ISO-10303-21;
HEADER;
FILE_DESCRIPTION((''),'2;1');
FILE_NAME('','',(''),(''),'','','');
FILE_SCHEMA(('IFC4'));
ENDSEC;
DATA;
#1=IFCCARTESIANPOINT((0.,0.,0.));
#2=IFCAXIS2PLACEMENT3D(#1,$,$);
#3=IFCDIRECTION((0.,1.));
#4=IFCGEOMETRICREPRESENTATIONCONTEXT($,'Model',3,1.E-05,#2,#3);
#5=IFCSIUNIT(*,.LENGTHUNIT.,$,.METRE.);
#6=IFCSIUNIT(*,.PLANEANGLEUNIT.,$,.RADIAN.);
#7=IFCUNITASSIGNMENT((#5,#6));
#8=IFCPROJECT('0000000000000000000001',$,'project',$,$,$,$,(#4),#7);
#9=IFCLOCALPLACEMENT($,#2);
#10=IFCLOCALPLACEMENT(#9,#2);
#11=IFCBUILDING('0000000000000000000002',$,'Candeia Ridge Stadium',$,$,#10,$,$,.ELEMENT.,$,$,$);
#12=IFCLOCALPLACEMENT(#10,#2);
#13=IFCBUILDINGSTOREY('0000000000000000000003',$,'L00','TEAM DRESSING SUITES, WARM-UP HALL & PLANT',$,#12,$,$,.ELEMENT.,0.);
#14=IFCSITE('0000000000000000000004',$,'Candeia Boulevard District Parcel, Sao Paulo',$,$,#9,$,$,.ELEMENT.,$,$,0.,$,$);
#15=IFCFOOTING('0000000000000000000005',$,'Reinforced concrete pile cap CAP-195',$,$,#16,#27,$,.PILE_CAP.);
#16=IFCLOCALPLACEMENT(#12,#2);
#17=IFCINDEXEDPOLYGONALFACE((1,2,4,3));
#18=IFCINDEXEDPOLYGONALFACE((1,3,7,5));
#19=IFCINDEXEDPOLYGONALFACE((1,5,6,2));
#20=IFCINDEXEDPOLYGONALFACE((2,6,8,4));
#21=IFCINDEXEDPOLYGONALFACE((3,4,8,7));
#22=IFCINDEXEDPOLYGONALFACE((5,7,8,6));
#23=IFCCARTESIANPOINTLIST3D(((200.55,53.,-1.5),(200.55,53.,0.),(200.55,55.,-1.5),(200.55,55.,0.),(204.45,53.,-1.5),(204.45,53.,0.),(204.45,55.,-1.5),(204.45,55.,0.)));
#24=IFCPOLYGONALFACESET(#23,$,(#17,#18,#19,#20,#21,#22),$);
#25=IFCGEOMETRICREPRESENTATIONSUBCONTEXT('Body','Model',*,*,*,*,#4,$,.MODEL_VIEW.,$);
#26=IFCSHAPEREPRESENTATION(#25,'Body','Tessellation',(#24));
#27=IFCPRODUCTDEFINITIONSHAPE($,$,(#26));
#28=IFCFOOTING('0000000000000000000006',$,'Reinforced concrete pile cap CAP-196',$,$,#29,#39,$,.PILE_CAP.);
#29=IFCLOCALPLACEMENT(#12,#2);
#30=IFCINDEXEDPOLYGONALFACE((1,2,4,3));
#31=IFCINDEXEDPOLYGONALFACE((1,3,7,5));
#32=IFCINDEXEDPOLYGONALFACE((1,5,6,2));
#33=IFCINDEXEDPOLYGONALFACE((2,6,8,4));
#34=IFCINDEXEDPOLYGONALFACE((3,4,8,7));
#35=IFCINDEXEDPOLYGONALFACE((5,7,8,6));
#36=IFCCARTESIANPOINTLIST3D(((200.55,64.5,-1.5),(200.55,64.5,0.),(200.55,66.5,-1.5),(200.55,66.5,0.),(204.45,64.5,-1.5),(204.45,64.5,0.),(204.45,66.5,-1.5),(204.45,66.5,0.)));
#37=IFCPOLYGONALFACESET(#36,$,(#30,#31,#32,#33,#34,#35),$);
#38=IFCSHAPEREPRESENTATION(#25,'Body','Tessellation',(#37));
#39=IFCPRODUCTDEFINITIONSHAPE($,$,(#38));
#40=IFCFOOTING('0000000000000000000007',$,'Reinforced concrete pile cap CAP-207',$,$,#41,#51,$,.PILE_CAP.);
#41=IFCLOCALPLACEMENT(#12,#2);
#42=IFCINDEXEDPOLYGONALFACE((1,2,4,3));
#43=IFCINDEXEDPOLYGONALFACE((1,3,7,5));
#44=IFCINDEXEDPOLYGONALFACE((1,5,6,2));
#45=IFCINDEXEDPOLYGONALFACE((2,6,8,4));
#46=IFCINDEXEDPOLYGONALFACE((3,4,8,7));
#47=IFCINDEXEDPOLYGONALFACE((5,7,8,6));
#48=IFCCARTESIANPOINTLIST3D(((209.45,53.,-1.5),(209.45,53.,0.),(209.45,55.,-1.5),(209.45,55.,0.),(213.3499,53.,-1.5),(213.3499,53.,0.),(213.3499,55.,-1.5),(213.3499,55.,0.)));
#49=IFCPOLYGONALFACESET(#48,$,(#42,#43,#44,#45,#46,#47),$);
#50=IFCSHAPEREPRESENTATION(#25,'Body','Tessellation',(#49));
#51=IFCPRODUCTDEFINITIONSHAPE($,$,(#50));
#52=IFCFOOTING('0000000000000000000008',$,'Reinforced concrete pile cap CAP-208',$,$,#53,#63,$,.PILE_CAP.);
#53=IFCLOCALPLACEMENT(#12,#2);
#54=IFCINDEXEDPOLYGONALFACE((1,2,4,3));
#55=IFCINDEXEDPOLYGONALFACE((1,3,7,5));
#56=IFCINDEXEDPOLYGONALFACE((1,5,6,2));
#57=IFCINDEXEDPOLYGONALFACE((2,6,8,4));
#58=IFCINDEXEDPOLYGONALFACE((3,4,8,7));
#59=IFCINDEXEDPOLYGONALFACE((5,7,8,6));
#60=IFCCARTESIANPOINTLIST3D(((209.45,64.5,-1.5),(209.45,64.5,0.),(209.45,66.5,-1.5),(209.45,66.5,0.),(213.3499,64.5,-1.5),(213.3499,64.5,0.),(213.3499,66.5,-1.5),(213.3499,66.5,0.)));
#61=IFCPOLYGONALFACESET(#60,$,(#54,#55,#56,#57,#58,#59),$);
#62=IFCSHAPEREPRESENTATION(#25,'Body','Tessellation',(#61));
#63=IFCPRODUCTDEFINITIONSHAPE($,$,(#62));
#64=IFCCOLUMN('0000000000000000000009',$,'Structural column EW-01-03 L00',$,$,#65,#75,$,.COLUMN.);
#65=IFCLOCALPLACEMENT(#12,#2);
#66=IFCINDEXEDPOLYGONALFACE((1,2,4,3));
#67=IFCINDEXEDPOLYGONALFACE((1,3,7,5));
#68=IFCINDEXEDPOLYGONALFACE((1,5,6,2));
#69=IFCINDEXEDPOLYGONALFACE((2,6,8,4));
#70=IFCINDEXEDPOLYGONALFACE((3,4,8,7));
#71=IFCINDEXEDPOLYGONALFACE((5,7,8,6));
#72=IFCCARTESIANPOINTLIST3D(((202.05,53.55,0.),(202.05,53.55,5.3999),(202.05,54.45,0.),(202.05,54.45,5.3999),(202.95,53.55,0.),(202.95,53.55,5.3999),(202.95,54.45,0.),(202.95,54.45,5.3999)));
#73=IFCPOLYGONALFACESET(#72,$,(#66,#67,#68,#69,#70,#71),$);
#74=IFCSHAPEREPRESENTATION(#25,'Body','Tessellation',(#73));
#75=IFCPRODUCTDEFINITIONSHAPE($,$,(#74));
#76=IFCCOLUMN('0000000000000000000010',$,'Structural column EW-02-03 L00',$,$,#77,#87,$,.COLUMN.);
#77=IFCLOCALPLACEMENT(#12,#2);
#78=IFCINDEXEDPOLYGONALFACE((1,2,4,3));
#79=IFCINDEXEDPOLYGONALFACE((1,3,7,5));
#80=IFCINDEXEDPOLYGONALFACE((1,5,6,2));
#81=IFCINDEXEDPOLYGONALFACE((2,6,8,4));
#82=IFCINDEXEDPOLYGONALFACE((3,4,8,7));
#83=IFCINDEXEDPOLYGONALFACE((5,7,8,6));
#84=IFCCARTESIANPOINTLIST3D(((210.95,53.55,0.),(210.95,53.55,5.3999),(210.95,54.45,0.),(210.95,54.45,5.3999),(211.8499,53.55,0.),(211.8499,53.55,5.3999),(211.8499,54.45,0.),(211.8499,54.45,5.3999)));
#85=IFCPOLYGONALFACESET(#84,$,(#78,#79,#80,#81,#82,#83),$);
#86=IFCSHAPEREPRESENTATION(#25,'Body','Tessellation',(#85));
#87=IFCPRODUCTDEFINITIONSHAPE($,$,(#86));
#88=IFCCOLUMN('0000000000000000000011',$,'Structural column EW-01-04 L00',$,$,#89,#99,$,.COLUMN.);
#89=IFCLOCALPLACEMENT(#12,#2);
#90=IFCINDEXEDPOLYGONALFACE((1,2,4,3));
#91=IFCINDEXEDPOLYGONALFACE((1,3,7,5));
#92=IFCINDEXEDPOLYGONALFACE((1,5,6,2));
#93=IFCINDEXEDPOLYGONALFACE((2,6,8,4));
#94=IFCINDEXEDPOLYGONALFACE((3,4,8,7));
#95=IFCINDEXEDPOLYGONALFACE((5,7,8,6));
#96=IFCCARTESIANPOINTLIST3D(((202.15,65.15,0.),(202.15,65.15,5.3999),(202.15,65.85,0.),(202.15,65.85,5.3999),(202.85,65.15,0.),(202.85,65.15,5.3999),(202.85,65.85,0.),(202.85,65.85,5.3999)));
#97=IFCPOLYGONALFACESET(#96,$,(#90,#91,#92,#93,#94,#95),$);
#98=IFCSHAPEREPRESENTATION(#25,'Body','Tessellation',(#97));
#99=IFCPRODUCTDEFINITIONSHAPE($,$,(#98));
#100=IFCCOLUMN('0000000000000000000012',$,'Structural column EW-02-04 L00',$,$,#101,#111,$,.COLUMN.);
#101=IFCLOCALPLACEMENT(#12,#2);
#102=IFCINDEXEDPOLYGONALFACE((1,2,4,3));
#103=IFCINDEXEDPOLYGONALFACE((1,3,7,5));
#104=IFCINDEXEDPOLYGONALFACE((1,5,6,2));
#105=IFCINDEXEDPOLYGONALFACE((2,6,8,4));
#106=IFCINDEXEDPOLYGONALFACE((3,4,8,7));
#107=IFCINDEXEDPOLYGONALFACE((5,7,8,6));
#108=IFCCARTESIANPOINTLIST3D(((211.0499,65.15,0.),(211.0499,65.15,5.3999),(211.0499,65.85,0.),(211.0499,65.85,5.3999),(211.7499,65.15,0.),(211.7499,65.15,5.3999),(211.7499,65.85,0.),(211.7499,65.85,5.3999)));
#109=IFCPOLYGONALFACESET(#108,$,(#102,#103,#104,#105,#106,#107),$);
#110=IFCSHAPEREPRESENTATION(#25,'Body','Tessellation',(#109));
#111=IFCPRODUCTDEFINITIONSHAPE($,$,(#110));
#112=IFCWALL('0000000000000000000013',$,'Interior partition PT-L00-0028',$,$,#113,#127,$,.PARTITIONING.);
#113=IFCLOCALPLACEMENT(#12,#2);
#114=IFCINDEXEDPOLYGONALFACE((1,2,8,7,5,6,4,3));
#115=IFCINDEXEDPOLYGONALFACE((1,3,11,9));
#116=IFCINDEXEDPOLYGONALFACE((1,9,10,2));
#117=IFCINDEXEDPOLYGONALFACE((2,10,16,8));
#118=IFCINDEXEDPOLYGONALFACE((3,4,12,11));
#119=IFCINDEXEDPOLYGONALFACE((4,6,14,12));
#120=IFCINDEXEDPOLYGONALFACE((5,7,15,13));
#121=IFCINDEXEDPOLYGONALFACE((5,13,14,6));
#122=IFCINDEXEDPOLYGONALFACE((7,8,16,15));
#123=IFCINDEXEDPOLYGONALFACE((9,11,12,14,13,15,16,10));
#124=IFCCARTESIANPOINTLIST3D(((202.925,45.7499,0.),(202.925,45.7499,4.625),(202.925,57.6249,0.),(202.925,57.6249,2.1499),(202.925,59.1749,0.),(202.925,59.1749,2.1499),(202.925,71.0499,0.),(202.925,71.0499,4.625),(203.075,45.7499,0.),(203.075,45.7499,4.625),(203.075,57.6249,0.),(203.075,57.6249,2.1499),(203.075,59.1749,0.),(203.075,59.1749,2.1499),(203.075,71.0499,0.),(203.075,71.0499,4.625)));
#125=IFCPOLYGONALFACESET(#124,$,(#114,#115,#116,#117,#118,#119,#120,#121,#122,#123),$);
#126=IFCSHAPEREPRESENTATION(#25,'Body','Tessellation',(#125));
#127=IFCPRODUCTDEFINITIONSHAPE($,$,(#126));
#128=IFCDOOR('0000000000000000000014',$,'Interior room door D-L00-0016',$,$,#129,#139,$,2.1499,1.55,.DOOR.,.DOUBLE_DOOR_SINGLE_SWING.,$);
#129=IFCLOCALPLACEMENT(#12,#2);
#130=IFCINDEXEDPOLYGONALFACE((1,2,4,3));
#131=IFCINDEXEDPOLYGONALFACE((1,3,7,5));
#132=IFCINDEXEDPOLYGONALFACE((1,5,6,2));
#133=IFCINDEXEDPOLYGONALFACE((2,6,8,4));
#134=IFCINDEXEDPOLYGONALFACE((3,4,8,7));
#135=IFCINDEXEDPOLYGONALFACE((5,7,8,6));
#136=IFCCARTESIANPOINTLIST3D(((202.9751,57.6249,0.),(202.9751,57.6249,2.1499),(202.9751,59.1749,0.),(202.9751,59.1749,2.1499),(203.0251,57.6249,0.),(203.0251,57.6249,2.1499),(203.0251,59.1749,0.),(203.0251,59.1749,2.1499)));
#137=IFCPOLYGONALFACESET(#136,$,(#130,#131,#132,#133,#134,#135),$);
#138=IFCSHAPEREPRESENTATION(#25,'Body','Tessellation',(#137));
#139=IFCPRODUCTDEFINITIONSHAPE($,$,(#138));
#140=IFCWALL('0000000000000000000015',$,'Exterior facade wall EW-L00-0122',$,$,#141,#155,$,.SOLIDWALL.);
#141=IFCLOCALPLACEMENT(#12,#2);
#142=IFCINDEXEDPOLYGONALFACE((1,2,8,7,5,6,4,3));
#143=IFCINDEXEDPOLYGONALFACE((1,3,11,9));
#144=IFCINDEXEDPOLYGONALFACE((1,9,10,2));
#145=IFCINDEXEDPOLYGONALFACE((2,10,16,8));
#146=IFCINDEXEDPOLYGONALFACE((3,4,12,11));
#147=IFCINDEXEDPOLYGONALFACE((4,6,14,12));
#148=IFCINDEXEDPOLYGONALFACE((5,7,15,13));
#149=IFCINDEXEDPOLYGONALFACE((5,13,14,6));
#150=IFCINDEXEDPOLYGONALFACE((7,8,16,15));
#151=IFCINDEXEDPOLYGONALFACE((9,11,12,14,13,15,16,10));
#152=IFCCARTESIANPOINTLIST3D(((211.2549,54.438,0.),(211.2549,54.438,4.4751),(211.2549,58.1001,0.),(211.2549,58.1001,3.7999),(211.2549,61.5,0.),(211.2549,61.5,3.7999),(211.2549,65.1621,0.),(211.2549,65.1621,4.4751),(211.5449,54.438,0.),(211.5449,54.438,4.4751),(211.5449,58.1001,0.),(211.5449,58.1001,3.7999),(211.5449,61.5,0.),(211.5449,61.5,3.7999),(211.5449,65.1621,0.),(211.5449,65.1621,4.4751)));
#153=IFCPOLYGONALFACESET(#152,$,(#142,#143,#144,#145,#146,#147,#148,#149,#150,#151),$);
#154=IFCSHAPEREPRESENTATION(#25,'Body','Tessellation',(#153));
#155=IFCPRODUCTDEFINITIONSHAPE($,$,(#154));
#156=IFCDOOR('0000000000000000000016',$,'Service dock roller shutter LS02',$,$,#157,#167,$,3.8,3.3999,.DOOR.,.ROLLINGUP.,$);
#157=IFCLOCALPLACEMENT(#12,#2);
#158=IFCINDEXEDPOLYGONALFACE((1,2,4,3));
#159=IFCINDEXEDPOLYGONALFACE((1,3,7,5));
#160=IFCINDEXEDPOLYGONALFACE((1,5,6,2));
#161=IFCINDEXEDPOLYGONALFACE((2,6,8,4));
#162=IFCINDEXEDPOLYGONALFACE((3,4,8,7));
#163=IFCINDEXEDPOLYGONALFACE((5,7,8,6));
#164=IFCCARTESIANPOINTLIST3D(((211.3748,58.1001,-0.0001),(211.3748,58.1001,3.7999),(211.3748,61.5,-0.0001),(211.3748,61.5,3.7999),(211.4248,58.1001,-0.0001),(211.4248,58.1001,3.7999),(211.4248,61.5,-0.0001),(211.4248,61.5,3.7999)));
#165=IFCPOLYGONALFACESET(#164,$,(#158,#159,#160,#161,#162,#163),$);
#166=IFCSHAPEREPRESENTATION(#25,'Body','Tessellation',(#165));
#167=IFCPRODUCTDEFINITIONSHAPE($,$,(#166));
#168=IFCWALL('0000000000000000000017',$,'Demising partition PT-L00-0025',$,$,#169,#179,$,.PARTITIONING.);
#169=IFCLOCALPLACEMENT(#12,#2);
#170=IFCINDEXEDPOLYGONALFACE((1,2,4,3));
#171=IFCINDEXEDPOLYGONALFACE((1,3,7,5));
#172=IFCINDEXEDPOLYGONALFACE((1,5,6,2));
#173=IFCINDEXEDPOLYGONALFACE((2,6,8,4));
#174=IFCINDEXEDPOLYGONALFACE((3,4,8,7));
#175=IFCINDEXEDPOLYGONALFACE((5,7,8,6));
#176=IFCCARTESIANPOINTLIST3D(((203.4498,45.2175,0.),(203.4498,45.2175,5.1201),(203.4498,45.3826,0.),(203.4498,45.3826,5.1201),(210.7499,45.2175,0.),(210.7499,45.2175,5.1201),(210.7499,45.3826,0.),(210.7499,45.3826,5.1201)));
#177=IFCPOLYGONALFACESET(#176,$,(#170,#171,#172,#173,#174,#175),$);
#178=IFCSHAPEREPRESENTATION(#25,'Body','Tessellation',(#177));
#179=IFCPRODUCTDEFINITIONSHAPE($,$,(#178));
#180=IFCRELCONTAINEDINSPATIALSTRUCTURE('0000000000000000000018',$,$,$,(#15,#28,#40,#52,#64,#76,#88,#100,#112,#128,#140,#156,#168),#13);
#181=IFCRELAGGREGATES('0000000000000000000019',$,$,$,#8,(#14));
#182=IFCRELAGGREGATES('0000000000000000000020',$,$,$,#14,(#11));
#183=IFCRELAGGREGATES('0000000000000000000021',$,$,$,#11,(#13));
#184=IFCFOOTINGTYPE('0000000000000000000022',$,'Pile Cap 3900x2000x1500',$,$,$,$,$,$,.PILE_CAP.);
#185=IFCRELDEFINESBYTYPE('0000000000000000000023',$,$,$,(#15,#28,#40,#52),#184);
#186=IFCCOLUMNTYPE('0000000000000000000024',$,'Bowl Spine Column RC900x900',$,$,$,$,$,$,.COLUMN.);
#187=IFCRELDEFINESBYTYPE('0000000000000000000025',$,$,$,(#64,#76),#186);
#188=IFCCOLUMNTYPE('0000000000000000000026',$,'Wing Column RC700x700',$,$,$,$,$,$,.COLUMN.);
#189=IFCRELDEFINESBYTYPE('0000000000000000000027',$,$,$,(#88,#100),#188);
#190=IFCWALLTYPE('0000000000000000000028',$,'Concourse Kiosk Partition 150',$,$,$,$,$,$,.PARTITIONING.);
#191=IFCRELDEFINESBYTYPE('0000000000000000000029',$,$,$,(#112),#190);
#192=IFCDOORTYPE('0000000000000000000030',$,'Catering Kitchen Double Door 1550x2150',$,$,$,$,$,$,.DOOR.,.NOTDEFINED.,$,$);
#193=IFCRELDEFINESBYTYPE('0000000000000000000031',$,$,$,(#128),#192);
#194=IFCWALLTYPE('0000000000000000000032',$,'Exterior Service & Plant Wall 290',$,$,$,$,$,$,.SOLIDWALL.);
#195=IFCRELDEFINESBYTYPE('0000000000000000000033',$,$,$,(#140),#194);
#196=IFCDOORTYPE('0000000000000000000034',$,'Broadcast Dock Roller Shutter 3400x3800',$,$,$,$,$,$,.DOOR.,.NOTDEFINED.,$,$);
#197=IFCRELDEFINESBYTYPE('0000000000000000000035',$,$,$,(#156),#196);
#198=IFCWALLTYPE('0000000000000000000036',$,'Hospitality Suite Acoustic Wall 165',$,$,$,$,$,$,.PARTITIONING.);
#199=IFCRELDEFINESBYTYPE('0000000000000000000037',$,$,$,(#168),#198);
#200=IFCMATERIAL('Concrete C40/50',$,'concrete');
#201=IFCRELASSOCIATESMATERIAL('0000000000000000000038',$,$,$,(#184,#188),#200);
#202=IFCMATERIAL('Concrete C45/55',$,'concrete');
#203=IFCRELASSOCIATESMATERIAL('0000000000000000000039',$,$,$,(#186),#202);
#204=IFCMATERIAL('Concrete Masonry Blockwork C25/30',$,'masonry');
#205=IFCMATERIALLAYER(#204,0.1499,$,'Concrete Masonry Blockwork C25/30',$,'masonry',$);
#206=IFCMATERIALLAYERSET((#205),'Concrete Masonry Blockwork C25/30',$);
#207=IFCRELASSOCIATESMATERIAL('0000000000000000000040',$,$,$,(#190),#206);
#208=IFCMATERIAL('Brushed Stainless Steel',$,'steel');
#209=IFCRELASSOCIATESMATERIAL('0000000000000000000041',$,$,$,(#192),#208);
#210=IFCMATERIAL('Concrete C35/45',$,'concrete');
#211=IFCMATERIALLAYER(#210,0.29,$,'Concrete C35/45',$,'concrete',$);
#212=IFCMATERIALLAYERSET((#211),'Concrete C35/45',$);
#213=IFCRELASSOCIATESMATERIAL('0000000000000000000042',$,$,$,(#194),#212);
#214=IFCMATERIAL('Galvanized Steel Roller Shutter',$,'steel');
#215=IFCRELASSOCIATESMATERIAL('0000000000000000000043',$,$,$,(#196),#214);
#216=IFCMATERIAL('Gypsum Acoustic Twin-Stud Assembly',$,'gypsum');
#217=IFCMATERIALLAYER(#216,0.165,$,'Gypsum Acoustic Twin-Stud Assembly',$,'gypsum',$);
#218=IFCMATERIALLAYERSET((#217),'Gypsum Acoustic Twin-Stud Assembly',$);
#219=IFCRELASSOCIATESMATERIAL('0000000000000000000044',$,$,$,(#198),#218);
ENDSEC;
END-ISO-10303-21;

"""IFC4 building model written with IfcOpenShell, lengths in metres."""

from ifc_helpers import new_model, si_unit, direction, frame, frame_2d, origin, origin_2d, place, context, subcontext, project, spatial, rectangle, extrude, material, layer, layer_set, material_profile, profile_set, type_object, element, fill, save


model = new_model("IFC4")

# Units and contexts
model_context = context("Model", 3, precision=1e-05, world=origin(), true_north=direction((0.0, 1.0)))
body_context = subcontext(model_context, "Body", "Model", "MODEL_VIEW")
ifc_project = project(units=[si_unit("LENGTHUNIT", "METRE"), si_unit("PLANEANGLEUNIT", "RADIAN")], contexts=[model_context])

# Site, building, storey
site_placement = place(None, origin())
site = spatial("IfcSite", under=ifc_project, at=site_placement, Name="Candeia Boulevard District Parcel, Sao Paulo", CompositionType="ELEMENT", RefElevation=0.0)
building_placement = place(site_placement, origin())
building = spatial("IfcBuilding", under=site, at=building_placement, Name="Candeia Ridge Stadium", CompositionType="ELEMENT")
storey_placement = place(building_placement, origin())
storey = spatial("IfcBuildingStorey", under=building, at=storey_placement, Name="L00", Description="TEAM DRESSING SUITES, WARM-UP HALL & PLANT", CompositionType="ELEMENT", Elevation=0.0)

# Shared definitions
ifc_material_1 = material(Name="Concrete C40/50", Category="concrete")

# Footings
footing_type_1 = type_object("IfcFootingType", Name="Pile Cap 3900x2000x1500", PredefinedType="PILE_CAP", material=ifc_material_1)
for number, where, z_axis, x_axis, name in (
    (1, (202.5, 54.0, -1.5), (0.0, 0.0, 1.0), (1.0, 0.0, 0.0), "Reinforced concrete pile cap CAP-195"),
    (2, (202.5, 65.5, -1.5), (0.0, 0.0, 1.0), (1.0, 0.0, 0.0), "Reinforced concrete pile cap CAP-196"),
    (3, (211.3999, 54.0, -1.5), (0.0, 0.0, 1.0), (1.0, 0.0, 0.0), "Reinforced concrete pile cap CAP-207"),
    (4, (211.3999, 65.5, -1.5), (0.0, 0.0, 1.0), (1.0, 0.0, 0.0), "Reinforced concrete pile cap CAP-208"),
):
    element("IfcFooting", number, at=place(storey_placement, frame(where, z_axis=z_axis, x_axis=x_axis)), inside=storey, type_object=footing_type_1, Name=name, PredefinedType="PILE_CAP", context=body_context, shape_type="SweptSolid", body=[
        extrude(rectangle(XDim=3.8999, YDim=2.0, at=origin_2d()), origin(), (0.0, 0.0, 1.0), 1.5),
    ])

# Columns
ifc_material_2 = material(Name="Concrete C45/55", Category="concrete")
ifc_material_profile_1 = material_profile(ifc_material_2, rectangle(XDim=0.8999, YDim=0.8999, at=origin_2d()), Name="RC900x900", Category="concrete")
ifc_profile_set_1 = profile_set([ifc_material_profile_1], Name="Concrete C45/55")
column_type_1 = type_object("IfcColumnType", Name="Bowl Spine Column RC900x900", PredefinedType="COLUMN", material=ifc_profile_set_1)
for number, where, z_axis, x_axis, name in (
    (5, (202.5, 54.0, 0.0), (0.0, 0.0, 1.0), (1.0, 0.0, 0.0), "Structural column EW-01-03 L00"),
    (6, (211.3999, 54.0, 0.0), (0.0, 0.0, 1.0), (1.0, 0.0, 0.0), "Structural column EW-02-03 L00"),
):
    element("IfcColumn", number, at=place(storey_placement, frame(where, z_axis=z_axis, x_axis=x_axis)), inside=storey, type_object=column_type_1, Name=name, PredefinedType="COLUMN", context=body_context, shape_type="SweptSolid", body=[
        extrude(rectangle(XDim=0.8999, YDim=0.8999, at=origin_2d()), origin(), (0.0, 0.0, 1.0), 5.3999),
    ])
ifc_material_profile_2 = material_profile(ifc_material_1, rectangle(XDim=0.7, YDim=0.7, at=origin_2d()), Name="RC700x700", Category="concrete")
ifc_profile_set_2 = profile_set([ifc_material_profile_2], Name="Concrete C40/50")
column_type_2 = type_object("IfcColumnType", Name="Wing Column RC700x700", PredefinedType="COLUMN", material=ifc_profile_set_2)
for number, where, z_axis, x_axis, name in (
    (7, (202.5, 65.5, 0.0), (0.0, 0.0, 1.0), (1.0, 0.0, 0.0), "Structural column EW-01-04 L00"),
    (8, (211.3999, 65.5, 0.0), (0.0, 0.0, 1.0), (1.0, 0.0, 0.0), "Structural column EW-02-04 L00"),
):
    element("IfcColumn", number, at=place(storey_placement, frame(where, z_axis=z_axis, x_axis=x_axis)), inside=storey, type_object=column_type_2, Name=name, PredefinedType="COLUMN", context=body_context, shape_type="SweptSolid", body=[
        extrude(rectangle(XDim=0.7, YDim=0.7, at=origin_2d()), origin(), (0.0, 0.0, 1.0), 5.3999),
    ])

# Walls, openings, doors
ifc_material_3 = material(Name="Concrete Masonry Blockwork C25/30", Category="masonry")
ifc_layer_1 = layer(ifc_material_3, 0.1499, Name="Concrete Masonry Blockwork C25/30", Category="masonry")
ifc_layer_set_1 = layer_set([ifc_layer_1], Name="Concrete Masonry Blockwork C25/30")
wall_type_1 = type_object("IfcWallType", Name="Concourse Kiosk Partition 150", PredefinedType="PARTITIONING", material=ifc_layer_set_1)
wall_1_placement = place(storey_placement, frame((203.0, 45.75, 0.0), z_axis=(0.0, 0.0, 1.0), x_axis=(0.0, 1.0, 0.0)))
wall_1 = element("IfcWall", 9, at=wall_1_placement, inside=storey, type_object=wall_type_1, Name="Interior partition PT-L00-0028", PredefinedType="PARTITIONING", context=body_context, shape_type="SweptSolid", body=[
    extrude(rectangle(XDim=25.3, YDim=0.1499, at=frame_2d((12.6499, 0.0))), origin(), (0.0, 0.0, 1.0), 4.625),
])
opening_1_placement = place(wall_1_placement, frame((11.875, 0.0, 0.0)))
opening_1 = element("IfcOpeningElement", 10, at=opening_1_placement, cuts=wall_1, PredefinedType="OPENING", context=body_context, shape_type="SweptSolid", body=[
    extrude(rectangle(XDim=1.55, YDim=2.1499, at=frame_2d((0.7749, 1.075))), frame((0.0, 0.085, 0.0), z_axis=(0.0, -1.0, 0.0), x_axis=(1.0, 0.0, 0.0)), (0.0, 0.0, 1.0), 0.1699),
])
ifc_material_4 = material(Name="Brushed Stainless Steel", Category="steel")
door_type_1 = type_object("IfcDoorType", Name="Catering Kitchen Double Door 1550x2150", OperationType="NOTDEFINED", PredefinedType="DOOR", material=ifc_material_4)
door_1_placement = place(opening_1_placement, origin())
door_1 = element("IfcDoor", 11, at=door_1_placement, inside=storey, type_object=door_type_1, Name="Interior room door D-L00-0016", OperationType="DOUBLE_DOOR_SINGLE_SWING", OverallHeight=2.1499, OverallWidth=1.55, PredefinedType="DOOR", context=body_context, shape_type="SweptSolid", body=[
    extrude(rectangle(XDim=1.55, YDim=2.1499, at=frame_2d((0.7749, 1.075))), frame((0.0, 0.0249, 0.0), z_axis=(0.0, -1.0, 0.0), x_axis=(1.0, 0.0, 0.0)), (0.0, 0.0, 1.0), 0.05),
])
fill(opening_1, door_1)
ifc_material_5 = material(Name="Concrete C35/45", Category="concrete")
ifc_layer_2 = layer(ifc_material_5, 0.29, Name="Concrete C35/45", Category="concrete")
ifc_layer_set_2 = layer_set([ifc_layer_2], Name="Concrete C35/45")
wall_type_2 = type_object("IfcWallType", Name="Exterior Service & Plant Wall 290", PredefinedType="SOLIDWALL", material=ifc_layer_set_2)
wall_2_placement = place(storey_placement, frame((211.3999, 54.438, 0.0), z_axis=(0.0, 0.0, 1.0), x_axis=(0.0, 1.0, 0.0)))
wall_2 = element("IfcWall", 12, at=wall_2_placement, inside=storey, type_object=wall_type_2, Name="Exterior facade wall EW-L00-0122", PredefinedType="SOLIDWALL", context=body_context, shape_type="SweptSolid", body=[
    extrude(rectangle(XDim=10.7241, YDim=0.29, at=frame_2d((5.3621, 0.0))), origin(), (0.0, 0.0, 1.0), 4.4751),
])
opening_2_placement = place(wall_2_placement, frame((3.6621, 0.0, 0.0)))
opening_2 = element("IfcOpeningElement", 13, at=opening_2_placement, cuts=wall_2, PredefinedType="OPENING", context=body_context, shape_type="SweptSolid", body=[
    extrude(rectangle(XDim=3.3999, YDim=3.8, at=frame_2d((1.7, 1.8999))), frame((0.0, 0.155, 0.0), z_axis=(0.0, -1.0, 0.0), x_axis=(1.0, 0.0, 0.0)), (0.0, 0.0, 1.0), 0.3101),
])
ifc_material_6 = material(Name="Galvanized Steel Roller Shutter", Category="steel")
door_type_2 = type_object("IfcDoorType", Name="Broadcast Dock Roller Shutter 3400x3800", OperationType="NOTDEFINED", PredefinedType="DOOR", material=ifc_material_6)
door_2_placement = place(opening_2_placement, frame((3.3999, 0.0, 0.0), z_axis=(0.0, 0.0, 1.0), x_axis=(-1.0, 0.0, 0.0)))
door_2 = element("IfcDoor", 14, at=door_2_placement, inside=storey, type_object=door_type_2, Name="Service dock roller shutter LS02", OperationType="ROLLINGUP", OverallHeight=3.8, OverallWidth=3.3999, PredefinedType="DOOR", context=body_context, shape_type="SweptSolid", body=[
    extrude(rectangle(XDim=3.3999, YDim=3.8, at=frame_2d((1.7, 1.8999))), frame((0.0, 0.0249, 0.0), z_axis=(0.0, -1.0, 0.0), x_axis=(1.0, 0.0, 0.0)), (0.0, 0.0, 1.0), 0.05),
])
fill(opening_2, door_2)

# Wall
ifc_material_7 = material(Name="Gypsum Acoustic Twin-Stud Assembly", Category="gypsum")
ifc_layer_3 = layer(ifc_material_7, 0.165, Name="Gypsum Acoustic Twin-Stud Assembly", Category="gypsum")
ifc_layer_set_3 = layer_set([ifc_layer_3], Name="Gypsum Acoustic Twin-Stud Assembly")
wall_type_3 = type_object("IfcWallType", Name="Hospitality Suite Acoustic Wall 165", PredefinedType="PARTITIONING", material=ifc_layer_set_3)
wall_3_placement = place(storey_placement, frame((203.45, 45.3, 0.0), z_axis=(0.0, 0.0, 1.0), x_axis=(1.0, 0.0, 0.0)))
element("IfcWall", 15, at=wall_3_placement, inside=storey, type_object=wall_type_3, Name="Demising partition PT-L00-0025", PredefinedType="PARTITIONING", context=body_context, shape_type="SweptSolid", body=[
    extrude(rectangle(XDim=7.3, YDim=0.165, at=frame_2d((3.6499, 0.0))), origin(), (0.0, 0.0, 1.0), 5.1201),
])

save(model, "model.ifc")
